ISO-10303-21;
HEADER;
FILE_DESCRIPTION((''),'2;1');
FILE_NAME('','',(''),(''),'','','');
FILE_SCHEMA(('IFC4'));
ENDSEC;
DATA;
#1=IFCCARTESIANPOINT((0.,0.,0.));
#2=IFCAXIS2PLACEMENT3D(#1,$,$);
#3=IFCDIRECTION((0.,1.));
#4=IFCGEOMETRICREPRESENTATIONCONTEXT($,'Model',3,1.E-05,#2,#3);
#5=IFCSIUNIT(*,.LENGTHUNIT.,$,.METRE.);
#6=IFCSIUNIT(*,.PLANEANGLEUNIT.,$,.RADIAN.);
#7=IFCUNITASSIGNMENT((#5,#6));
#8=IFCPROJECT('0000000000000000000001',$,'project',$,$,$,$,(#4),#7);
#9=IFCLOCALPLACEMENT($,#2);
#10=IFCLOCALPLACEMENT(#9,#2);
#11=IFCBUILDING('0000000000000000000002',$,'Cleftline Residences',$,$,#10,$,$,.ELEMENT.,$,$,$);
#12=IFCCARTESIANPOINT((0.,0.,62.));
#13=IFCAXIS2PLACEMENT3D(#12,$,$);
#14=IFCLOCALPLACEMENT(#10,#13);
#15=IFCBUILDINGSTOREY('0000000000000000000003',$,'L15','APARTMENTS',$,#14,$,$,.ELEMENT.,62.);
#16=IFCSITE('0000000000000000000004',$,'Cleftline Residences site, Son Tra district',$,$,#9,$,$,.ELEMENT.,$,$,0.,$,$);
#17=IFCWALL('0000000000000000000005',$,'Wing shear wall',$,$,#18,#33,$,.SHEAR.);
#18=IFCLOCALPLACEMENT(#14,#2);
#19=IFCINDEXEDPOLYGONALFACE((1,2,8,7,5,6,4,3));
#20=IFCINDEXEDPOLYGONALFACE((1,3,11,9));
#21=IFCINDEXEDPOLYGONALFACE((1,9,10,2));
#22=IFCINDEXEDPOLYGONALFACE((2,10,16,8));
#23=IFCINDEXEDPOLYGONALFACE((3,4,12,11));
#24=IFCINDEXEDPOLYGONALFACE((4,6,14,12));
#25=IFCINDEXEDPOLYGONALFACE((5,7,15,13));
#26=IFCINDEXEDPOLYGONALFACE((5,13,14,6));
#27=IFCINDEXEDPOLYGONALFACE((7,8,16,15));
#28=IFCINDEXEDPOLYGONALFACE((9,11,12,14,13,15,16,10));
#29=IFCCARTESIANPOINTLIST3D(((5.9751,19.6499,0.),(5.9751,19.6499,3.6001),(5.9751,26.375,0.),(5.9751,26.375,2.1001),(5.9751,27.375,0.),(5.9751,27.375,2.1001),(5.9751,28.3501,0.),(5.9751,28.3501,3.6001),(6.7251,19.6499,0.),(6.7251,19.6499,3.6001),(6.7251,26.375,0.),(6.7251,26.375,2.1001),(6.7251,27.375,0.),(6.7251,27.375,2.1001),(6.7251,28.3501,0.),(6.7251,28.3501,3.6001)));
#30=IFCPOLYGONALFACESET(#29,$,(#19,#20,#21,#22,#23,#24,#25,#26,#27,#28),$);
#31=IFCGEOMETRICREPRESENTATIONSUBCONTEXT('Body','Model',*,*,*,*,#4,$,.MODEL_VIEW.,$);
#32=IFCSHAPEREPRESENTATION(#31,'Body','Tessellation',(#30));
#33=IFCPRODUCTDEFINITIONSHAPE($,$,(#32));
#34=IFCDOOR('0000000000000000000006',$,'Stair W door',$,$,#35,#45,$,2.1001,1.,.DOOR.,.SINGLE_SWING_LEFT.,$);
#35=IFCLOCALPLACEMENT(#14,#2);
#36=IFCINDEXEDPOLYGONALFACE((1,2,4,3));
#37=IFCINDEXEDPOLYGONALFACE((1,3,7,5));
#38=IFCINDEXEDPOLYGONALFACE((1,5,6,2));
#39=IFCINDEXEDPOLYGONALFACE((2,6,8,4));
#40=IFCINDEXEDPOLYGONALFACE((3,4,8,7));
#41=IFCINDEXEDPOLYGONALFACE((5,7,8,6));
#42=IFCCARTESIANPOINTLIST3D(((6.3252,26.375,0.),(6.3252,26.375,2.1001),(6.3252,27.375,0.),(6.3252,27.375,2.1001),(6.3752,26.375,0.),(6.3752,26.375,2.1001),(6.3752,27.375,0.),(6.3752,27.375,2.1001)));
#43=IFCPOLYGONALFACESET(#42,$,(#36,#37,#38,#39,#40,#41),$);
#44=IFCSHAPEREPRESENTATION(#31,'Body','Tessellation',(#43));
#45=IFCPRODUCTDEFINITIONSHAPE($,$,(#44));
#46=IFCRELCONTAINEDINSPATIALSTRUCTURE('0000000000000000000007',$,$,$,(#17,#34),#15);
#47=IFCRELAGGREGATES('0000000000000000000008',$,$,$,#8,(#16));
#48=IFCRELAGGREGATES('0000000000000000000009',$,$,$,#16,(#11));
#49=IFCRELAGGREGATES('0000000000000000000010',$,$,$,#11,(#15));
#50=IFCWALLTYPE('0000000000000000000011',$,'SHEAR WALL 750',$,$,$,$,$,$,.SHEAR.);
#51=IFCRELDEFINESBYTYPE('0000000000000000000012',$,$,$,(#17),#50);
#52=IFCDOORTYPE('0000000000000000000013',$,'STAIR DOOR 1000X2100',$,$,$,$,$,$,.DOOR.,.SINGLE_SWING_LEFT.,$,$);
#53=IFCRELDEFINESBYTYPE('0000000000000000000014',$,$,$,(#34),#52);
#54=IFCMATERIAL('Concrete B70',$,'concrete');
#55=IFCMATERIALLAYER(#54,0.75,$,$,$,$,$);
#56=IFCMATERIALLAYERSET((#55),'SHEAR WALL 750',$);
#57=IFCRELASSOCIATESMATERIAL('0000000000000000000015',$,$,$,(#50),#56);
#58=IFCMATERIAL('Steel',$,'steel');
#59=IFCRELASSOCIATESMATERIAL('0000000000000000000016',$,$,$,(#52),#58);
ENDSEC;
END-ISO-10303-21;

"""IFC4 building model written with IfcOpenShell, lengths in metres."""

from ifc_helpers import new_model, si_unit, direction, frame, frame_2d, origin, place, context, subcontext, project, spatial, rectangle, extrude, material, layer, layer_set, type_object, element, fill, save


model = new_model("IFC4")

# Units and contexts
model_context = context("Model", 3, precision=1e-05, world=origin(), true_north=direction((0.0, 1.0)))
body_context = subcontext(model_context, "Body", "Model", "MODEL_VIEW")
ifc_project = project(units=[si_unit("LENGTHUNIT", "METRE"), si_unit("PLANEANGLEUNIT", "RADIAN")], contexts=[model_context])

# Site, building, storey
site_placement = place(None, origin())
site = spatial("IfcSite", under=ifc_project, at=site_placement, Name="Cleftline Residences site, Son Tra district", CompositionType="ELEMENT", RefElevation=0.0)
building_placement = place(site_placement, origin())
building = spatial("IfcBuilding", under=site, at=building_placement, Name="Cleftline Residences", CompositionType="ELEMENT")
storey_placement = place(building_placement, frame((0.0, 0.0, 62.0)))
storey = spatial("IfcBuildingStorey", under=building, at=storey_placement, Name="L15", Description="APARTMENTS", CompositionType="ELEMENT", Elevation=62.0)

# Shared definitions
ifc_material_1 = material(Name="Concrete B70", Category="concrete")
ifc_layer_1 = layer(ifc_material_1, 0.75)
ifc_layer_set_1 = layer_set([ifc_layer_1], Name="SHEAR WALL 750")
wall_type_1 = type_object("IfcWallType", Name="SHEAR WALL 750", PredefinedType="SHEAR", material=ifc_layer_set_1)

# Wall, opening, door
wall_1_placement = place(storey_placement, frame((6.3501, 19.6499, 0.0), z_axis=(0.0, 0.0, 1.0), x_axis=(0.0, 1.0, 0.0)))
wall_1 = element("IfcWall", 1, at=wall_1_placement, inside=storey, type_object=wall_type_1, Name="Wing shear wall", PredefinedType="SHEAR", context=body_context, shape_type="SweptSolid", body=[
    extrude(rectangle(XDim=8.7002, YDim=0.75, at=frame_2d((4.3501, 0.0))), origin(), (0.0, 0.0, 1.0), 3.6001),
])
opening_1_placement = place(wall_1_placement, frame((6.7251, 0.0, 0.0)))
opening_1 = element("IfcOpeningElement", 2, at=opening_1_placement, cuts=wall_1, PredefinedType="OPENING", context=body_context, shape_type="SweptSolid", body=[
    extrude(rectangle(XDim=1.0, YDim=2.1001, at=frame_2d((0.5, 1.05))), frame((0.0, 0.385, 0.0), z_axis=(0.0, -1.0, 0.0), x_axis=(1.0, 0.0, 0.0)), (0.0, 0.0, 1.0), 0.77),
])
ifc_material_2 = material(Name="Steel", Category="steel")
door_type_1 = type_object("IfcDoorType", Name="STAIR DOOR 1000X2100", OperationType="SINGLE_SWING_LEFT", PredefinedType="DOOR", material=ifc_material_2)
door_1_placement = place(opening_1_placement, origin())
door_1 = element("IfcDoor", 3, at=door_1_placement, inside=storey, type_object=door_type_1, Name="Stair W door", OperationType="SINGLE_SWING_LEFT", OverallHeight=2.1001, OverallWidth=1.0, PredefinedType="DOOR", context=body_context, shape_type="SweptSolid", body=[
    extrude(rectangle(XDim=1.0, YDim=2.1001, at=frame_2d((0.5, 1.05))), frame((0.0, 0.0249, 0.0), z_axis=(0.0, -1.0, 0.0), x_axis=(1.0, 0.0, 0.0)), (0.0, 0.0, 1.0), 0.05),
])
fill(opening_1, door_1)

save(model, "model.ifc")
